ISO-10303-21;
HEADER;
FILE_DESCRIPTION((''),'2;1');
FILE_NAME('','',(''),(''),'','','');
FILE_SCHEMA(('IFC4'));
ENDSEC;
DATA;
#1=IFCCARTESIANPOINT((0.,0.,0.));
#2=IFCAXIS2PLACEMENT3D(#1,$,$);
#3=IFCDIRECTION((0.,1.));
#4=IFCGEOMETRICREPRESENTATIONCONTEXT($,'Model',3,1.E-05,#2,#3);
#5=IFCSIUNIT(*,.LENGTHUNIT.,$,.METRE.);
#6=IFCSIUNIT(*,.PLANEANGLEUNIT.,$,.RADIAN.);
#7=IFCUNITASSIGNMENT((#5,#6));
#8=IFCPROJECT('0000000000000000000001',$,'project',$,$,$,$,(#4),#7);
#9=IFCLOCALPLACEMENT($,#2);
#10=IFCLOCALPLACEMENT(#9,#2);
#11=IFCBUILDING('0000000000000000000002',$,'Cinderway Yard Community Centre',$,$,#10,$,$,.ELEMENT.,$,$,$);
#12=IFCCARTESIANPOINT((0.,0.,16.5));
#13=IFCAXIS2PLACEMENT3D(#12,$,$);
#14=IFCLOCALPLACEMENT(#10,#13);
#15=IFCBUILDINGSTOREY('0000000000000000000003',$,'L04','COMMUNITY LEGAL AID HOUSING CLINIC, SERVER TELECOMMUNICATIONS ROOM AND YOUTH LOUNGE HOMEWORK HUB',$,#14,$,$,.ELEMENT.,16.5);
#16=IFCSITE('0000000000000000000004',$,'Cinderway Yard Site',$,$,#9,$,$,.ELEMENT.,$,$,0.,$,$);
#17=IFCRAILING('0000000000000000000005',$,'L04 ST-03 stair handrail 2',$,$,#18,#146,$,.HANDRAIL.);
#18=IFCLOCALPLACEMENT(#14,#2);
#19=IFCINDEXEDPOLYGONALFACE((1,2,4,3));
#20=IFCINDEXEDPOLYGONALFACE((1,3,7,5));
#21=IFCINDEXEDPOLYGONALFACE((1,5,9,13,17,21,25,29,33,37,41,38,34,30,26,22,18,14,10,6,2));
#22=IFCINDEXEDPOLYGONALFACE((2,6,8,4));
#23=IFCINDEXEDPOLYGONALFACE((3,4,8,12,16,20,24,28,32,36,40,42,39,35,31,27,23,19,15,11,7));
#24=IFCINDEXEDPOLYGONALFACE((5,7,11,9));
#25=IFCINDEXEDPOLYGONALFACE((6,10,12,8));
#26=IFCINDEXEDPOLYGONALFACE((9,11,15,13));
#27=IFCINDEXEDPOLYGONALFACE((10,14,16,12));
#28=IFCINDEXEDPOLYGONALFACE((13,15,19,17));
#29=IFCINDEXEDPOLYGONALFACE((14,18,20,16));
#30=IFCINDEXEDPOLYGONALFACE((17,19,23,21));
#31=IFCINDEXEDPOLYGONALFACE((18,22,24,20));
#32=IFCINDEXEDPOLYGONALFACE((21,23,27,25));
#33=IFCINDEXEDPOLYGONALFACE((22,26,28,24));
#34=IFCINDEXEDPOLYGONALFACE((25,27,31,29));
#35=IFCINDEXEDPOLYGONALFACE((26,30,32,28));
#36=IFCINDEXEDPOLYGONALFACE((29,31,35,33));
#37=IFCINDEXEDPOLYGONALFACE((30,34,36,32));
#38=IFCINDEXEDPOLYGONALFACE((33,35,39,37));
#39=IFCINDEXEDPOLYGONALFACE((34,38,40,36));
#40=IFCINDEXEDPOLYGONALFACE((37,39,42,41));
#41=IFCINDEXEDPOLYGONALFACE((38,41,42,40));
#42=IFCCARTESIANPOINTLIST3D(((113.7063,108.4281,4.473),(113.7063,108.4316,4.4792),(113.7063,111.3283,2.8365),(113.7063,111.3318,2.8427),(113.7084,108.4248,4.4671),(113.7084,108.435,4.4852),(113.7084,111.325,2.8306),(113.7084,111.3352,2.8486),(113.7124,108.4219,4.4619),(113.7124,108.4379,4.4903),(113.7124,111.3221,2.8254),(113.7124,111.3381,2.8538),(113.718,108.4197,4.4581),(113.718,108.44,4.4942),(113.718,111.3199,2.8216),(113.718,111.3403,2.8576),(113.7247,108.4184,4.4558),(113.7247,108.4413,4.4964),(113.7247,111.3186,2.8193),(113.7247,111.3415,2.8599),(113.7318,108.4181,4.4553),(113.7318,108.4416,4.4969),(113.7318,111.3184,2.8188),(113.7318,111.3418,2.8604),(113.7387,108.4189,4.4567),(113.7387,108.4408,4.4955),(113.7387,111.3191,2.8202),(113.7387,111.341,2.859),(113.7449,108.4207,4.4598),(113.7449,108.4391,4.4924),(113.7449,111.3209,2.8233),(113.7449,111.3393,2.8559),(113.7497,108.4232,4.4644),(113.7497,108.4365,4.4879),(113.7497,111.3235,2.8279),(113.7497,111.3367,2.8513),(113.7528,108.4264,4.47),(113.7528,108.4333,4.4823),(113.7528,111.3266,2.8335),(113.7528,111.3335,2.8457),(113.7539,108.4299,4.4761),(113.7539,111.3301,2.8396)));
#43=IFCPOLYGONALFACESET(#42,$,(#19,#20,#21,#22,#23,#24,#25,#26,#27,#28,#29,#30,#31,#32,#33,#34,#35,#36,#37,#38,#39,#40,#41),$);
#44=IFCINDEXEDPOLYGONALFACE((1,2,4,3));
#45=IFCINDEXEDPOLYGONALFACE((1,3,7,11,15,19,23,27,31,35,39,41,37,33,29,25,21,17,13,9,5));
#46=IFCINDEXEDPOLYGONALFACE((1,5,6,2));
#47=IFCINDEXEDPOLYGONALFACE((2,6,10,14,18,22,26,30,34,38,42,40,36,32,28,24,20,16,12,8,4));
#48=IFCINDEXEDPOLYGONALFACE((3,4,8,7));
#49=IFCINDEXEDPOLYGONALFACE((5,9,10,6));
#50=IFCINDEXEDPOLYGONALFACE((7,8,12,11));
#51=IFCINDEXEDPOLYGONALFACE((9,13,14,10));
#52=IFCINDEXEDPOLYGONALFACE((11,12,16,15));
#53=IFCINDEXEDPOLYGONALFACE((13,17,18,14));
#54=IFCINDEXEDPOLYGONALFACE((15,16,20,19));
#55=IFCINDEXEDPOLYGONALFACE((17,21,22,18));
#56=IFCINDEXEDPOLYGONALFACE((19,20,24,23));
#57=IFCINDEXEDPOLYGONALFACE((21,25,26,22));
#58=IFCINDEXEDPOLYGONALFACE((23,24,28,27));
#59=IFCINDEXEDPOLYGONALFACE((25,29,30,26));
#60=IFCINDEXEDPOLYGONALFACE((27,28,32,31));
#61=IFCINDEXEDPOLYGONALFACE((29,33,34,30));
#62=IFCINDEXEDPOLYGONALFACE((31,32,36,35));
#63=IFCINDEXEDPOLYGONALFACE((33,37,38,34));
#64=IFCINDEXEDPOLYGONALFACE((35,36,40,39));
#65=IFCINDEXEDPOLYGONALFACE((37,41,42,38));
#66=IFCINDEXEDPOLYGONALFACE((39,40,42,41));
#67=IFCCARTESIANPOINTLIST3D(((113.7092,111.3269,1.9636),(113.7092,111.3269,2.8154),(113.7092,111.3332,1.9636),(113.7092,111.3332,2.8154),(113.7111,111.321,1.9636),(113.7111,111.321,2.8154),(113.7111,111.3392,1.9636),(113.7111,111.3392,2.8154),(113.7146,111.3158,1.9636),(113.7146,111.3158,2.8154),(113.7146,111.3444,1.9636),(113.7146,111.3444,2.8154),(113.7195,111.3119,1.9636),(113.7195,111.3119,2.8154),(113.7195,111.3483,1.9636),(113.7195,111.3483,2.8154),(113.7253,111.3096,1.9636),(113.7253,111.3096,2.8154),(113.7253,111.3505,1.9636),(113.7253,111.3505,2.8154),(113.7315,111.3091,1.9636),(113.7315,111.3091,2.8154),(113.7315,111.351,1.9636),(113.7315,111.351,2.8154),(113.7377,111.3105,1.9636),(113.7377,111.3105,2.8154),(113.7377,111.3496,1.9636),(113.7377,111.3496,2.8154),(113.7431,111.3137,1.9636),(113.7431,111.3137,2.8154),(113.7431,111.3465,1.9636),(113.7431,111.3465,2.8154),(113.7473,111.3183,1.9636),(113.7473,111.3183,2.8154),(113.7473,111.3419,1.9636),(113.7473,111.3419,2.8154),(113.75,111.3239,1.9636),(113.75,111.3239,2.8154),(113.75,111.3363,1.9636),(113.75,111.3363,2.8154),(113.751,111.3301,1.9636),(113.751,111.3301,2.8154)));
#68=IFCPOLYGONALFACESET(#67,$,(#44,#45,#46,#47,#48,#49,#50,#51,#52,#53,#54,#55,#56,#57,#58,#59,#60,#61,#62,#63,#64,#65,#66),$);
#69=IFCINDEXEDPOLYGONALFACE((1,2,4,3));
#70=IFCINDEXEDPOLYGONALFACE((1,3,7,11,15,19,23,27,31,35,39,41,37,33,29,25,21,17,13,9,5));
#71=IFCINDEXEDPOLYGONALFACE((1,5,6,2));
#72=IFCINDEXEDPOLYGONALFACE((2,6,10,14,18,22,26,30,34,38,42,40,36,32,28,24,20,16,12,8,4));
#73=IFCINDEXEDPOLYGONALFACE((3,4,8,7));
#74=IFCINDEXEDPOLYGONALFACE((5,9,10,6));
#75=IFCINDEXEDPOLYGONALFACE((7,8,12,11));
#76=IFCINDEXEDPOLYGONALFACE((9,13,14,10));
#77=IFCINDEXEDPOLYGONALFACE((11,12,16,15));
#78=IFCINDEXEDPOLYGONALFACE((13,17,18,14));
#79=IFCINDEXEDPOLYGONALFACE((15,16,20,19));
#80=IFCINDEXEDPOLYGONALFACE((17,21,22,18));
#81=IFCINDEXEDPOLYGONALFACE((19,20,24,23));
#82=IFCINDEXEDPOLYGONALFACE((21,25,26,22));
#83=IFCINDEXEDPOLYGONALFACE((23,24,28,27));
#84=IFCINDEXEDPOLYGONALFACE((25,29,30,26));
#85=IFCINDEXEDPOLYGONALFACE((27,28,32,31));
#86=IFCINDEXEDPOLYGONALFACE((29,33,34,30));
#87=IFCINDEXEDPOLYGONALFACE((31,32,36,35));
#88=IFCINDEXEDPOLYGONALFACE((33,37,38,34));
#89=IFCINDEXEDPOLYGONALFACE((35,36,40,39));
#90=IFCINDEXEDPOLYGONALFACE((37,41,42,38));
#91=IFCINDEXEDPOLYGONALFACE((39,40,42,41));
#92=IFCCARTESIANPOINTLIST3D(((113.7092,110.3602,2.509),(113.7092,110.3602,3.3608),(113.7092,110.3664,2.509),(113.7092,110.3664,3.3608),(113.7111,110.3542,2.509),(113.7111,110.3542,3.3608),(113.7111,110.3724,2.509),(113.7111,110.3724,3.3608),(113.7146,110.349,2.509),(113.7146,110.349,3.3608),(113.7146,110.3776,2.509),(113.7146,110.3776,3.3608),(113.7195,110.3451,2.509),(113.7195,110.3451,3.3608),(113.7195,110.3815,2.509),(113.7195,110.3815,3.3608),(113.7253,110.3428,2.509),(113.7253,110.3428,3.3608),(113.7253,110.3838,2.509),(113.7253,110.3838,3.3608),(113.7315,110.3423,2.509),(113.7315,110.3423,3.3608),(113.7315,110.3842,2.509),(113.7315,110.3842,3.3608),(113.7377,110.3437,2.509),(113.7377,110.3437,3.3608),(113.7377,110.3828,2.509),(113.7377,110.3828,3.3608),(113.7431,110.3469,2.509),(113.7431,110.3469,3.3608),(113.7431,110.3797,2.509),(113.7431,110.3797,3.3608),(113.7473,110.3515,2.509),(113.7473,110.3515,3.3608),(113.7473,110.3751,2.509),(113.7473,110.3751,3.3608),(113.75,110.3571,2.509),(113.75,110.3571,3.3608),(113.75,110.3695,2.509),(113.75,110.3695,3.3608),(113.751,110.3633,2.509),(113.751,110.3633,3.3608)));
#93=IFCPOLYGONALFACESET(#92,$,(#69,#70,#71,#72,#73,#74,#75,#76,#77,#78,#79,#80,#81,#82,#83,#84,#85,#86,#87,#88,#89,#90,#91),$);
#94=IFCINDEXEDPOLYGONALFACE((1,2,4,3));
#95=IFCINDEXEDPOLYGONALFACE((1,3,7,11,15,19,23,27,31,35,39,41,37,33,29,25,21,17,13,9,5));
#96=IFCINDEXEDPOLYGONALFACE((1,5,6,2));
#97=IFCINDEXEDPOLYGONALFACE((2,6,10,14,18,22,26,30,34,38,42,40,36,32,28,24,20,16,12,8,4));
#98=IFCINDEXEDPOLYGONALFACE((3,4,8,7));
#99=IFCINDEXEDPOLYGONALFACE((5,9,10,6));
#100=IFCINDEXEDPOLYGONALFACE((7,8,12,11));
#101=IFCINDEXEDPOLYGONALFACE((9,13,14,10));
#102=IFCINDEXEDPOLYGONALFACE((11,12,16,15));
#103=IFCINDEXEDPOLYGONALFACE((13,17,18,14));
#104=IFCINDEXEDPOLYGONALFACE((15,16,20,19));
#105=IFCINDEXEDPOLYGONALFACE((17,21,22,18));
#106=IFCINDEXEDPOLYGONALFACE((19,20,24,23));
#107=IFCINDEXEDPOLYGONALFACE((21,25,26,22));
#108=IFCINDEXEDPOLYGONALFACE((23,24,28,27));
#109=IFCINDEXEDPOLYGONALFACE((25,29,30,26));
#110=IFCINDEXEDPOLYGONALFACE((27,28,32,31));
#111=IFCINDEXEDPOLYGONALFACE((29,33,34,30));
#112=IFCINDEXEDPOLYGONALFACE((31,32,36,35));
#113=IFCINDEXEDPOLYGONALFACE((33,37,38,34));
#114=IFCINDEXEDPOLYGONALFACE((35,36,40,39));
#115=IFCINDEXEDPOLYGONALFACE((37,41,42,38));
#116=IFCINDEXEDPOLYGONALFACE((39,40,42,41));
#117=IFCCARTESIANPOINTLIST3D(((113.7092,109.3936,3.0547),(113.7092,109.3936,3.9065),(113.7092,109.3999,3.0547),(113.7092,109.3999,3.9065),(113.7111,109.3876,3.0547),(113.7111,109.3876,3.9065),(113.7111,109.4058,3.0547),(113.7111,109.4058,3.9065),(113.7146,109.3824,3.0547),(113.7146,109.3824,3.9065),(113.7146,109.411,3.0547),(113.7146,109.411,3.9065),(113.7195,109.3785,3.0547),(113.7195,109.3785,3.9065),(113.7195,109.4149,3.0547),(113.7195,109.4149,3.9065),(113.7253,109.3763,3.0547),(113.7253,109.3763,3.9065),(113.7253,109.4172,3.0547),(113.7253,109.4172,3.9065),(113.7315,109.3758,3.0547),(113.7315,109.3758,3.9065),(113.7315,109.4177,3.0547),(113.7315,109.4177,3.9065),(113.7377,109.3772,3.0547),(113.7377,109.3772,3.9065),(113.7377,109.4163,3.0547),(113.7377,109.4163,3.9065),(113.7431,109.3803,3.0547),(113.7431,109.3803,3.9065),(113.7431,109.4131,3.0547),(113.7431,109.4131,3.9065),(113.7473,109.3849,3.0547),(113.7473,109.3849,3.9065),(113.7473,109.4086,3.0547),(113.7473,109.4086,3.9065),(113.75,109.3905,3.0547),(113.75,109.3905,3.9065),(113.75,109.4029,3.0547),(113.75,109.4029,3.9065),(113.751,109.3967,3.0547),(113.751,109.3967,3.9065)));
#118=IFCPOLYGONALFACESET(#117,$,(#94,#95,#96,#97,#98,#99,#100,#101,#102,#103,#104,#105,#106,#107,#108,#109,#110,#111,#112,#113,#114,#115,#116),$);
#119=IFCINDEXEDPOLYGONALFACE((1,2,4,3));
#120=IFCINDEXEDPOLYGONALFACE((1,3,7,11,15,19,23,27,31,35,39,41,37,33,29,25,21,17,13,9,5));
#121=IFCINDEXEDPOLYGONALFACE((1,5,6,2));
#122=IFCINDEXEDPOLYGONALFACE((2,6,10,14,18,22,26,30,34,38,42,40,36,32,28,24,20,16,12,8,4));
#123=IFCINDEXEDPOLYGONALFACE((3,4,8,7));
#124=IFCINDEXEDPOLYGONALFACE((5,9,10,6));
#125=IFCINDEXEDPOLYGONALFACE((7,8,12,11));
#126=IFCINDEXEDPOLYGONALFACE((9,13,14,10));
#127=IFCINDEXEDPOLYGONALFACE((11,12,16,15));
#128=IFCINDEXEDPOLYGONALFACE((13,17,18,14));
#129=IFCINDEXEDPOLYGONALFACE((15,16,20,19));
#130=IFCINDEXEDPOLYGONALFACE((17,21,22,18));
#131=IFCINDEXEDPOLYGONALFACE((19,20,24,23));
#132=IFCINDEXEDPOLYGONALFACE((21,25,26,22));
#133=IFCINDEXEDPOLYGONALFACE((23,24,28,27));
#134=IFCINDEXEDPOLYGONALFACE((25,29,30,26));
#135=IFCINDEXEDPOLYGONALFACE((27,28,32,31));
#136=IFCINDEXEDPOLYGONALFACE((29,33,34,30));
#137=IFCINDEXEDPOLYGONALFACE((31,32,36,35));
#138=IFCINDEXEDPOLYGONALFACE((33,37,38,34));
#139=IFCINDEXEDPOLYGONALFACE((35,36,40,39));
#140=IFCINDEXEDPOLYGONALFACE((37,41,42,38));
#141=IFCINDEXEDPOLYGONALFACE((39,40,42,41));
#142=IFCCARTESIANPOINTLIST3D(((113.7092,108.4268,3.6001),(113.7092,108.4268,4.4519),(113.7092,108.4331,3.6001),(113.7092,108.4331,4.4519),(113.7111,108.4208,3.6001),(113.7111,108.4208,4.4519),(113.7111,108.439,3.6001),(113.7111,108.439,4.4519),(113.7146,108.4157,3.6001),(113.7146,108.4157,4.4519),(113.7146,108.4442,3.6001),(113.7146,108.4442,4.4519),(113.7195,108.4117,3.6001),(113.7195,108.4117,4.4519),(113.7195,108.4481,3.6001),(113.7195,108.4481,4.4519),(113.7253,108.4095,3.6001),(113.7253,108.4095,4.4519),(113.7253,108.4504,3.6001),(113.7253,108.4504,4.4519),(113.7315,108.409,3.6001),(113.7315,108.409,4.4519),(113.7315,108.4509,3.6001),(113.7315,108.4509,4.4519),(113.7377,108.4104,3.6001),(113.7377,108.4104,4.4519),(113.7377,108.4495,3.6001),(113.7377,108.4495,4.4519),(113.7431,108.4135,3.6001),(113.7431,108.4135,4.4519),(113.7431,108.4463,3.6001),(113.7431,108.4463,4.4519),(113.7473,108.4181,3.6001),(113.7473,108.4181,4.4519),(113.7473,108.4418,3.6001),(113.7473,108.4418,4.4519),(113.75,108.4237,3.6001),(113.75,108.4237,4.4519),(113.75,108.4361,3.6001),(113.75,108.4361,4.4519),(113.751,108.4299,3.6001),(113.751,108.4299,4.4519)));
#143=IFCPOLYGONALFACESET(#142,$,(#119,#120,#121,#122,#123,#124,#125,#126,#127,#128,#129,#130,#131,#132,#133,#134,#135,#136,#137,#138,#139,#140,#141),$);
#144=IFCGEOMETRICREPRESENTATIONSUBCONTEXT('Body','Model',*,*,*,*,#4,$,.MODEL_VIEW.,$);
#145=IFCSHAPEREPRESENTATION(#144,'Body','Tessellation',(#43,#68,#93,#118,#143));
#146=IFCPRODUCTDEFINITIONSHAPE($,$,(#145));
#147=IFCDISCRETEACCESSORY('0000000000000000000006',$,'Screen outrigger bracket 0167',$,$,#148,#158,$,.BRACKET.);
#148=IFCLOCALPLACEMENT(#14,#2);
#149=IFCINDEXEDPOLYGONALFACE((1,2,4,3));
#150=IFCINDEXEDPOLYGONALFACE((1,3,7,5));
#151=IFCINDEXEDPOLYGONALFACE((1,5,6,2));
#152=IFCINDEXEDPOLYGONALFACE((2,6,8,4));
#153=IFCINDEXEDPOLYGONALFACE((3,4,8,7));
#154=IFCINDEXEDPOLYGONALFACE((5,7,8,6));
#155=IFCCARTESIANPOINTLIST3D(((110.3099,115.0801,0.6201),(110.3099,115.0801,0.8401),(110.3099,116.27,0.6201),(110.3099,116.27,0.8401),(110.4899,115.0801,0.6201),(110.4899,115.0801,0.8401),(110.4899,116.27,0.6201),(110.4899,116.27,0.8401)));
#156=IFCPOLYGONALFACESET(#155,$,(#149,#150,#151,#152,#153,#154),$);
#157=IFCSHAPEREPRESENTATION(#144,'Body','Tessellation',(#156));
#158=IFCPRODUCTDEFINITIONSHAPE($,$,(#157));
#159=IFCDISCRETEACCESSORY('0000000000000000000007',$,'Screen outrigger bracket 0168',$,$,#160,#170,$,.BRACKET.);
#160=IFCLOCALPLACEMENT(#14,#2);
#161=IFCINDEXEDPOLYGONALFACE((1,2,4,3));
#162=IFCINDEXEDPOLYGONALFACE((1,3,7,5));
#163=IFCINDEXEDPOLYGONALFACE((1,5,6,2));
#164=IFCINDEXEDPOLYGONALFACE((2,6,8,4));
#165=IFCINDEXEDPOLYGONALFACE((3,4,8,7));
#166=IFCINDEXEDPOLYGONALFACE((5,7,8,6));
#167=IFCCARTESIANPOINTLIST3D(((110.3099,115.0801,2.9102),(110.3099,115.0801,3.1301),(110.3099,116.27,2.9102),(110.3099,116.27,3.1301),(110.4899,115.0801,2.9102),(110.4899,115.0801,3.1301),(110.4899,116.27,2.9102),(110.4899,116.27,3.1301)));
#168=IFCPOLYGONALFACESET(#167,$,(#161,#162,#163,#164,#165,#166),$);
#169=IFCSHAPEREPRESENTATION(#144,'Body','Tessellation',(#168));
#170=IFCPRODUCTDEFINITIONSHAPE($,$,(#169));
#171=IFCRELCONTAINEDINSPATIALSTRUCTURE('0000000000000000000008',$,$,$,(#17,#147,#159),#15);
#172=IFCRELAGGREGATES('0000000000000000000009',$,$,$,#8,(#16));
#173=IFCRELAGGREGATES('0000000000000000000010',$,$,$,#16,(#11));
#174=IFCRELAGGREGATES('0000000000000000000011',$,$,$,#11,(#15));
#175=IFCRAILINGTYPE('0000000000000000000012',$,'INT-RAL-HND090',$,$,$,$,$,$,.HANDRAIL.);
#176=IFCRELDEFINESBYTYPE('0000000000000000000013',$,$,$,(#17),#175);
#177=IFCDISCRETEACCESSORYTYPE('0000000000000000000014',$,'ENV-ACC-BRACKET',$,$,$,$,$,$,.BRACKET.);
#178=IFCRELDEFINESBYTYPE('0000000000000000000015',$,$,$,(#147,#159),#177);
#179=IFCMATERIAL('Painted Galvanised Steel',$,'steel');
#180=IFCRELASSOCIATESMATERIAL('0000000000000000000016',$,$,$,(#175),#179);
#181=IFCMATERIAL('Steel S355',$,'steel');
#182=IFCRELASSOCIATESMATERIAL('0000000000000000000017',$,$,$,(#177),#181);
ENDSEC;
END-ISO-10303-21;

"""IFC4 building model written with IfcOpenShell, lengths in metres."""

from ifc_helpers import new_model, si_unit, direction, frame, origin, origin_2d, place, context, subcontext, project, spatial, rectangle, circle, extrude, material, type_object, element, save


model = new_model("IFC4")

# Units and contexts
model_context = context("Model", 3, precision=1e-05, world=origin(), true_north=direction((0.0, 1.0)))
body_context = subcontext(model_context, "Body", "Model", "MODEL_VIEW")
ifc_project = project(units=[si_unit("LENGTHUNIT", "METRE"), si_unit("PLANEANGLEUNIT", "RADIAN")], contexts=[model_context])

# Site, building, storey
site_placement = place(None, origin())
site = spatial("IfcSite", under=ifc_project, at=site_placement, Name="Cinderway Yard Site", CompositionType="ELEMENT", RefElevation=0.0)
building_placement = place(site_placement, origin())
building = spatial("IfcBuilding", under=site, at=building_placement, Name="Cinderway Yard Community Centre", CompositionType="ELEMENT")
storey_placement = place(building_placement, frame((0.0, 0.0, 16.5)))
storey = spatial("IfcBuildingStorey", under=building, at=storey_placement, Name="L04", Description="COMMUNITY LEGAL AID HOUSING CLINIC, SERVER TELECOMMUNICATIONS ROOM AND YOUTH LOUNGE HOMEWORK HUB", CompositionType="ELEMENT", Elevation=16.5)

# Shared definitions
ifc_material_1 = material(Name="Steel S355", Category="steel")

# Railing
ifc_material_2 = material(Name="Painted Galvanised Steel", Category="steel")
railing_type_1 = type_object("IfcRailingType", Name="INT-RAL-HND090", PredefinedType="HANDRAIL", material=ifc_material_2)
railing_1_placement = place(storey_placement, frame((113.73, 111.3301, 1.9636)))
element("IfcRailing", 1, at=railing_1_placement, inside=storey, type_object=railing_type_1, Name="L04 ST-03 stair handrail 2", PredefinedType="HANDRAIL", context=body_context, shape_type="SweptSolid", body=[
    extrude(circle(Radius=0.0239, at=origin_2d()), frame((0.0, 0.0, 0.876), z_axis=(0.0, -0.870915, 0.491434), x_axis=(1.0, 0.0, 0.0)), (0.0, 0.0, 1.0), 3.3301),
    extrude(circle(Radius=0.021, at=origin_2d()), origin(), (0.0, 0.0, 1.0), 0.8518),
    extrude(circle(Radius=0.021, at=origin_2d()), frame((0.0, -0.9668, 0.5454)), (0.0, 0.0, 1.0), 0.8518),
    extrude(circle(Radius=0.021, at=origin_2d()), frame((0.0, -1.9333, 1.0911)), (0.0, 0.0, 1.0), 0.8518),
    extrude(circle(Radius=0.021, at=origin_2d()), frame((0.0, -2.9001, 1.6365)), (0.0, 0.0, 1.0), 0.8518),
])

# Discrete accessories
discrete_accessory_type = type_object("IfcDiscreteAccessoryType", Name="ENV-ACC-BRACKET", PredefinedType="BRACKET", material=ifc_material_1)
for number, where, z_axis, x_axis, name in (
    (2, (110.3999, 115.675, 0.6201), (0.0, 0.0, 1.0), (0.0, 1.0, 0.0), "Screen outrigger bracket 0167"),
    (3, (110.3999, 115.675, 2.9102), (0.0, 0.0, 1.0), (0.0, 1.0, 0.0), "Screen outrigger bracket 0168"),
):
    element("IfcDiscreteAccessory", number, at=place(storey_placement, frame(where, z_axis=z_axis, x_axis=x_axis)), inside=storey, type_object=discrete_accessory_type, Name=name, PredefinedType="BRACKET", context=body_context, shape_type="SweptSolid", body=[
        extrude(rectangle(XDim=1.1899, YDim=0.1799, at=origin_2d()), origin(), (0.0, 0.0, 1.0), 0.22),
    ])

save(model, "model.ifc")
